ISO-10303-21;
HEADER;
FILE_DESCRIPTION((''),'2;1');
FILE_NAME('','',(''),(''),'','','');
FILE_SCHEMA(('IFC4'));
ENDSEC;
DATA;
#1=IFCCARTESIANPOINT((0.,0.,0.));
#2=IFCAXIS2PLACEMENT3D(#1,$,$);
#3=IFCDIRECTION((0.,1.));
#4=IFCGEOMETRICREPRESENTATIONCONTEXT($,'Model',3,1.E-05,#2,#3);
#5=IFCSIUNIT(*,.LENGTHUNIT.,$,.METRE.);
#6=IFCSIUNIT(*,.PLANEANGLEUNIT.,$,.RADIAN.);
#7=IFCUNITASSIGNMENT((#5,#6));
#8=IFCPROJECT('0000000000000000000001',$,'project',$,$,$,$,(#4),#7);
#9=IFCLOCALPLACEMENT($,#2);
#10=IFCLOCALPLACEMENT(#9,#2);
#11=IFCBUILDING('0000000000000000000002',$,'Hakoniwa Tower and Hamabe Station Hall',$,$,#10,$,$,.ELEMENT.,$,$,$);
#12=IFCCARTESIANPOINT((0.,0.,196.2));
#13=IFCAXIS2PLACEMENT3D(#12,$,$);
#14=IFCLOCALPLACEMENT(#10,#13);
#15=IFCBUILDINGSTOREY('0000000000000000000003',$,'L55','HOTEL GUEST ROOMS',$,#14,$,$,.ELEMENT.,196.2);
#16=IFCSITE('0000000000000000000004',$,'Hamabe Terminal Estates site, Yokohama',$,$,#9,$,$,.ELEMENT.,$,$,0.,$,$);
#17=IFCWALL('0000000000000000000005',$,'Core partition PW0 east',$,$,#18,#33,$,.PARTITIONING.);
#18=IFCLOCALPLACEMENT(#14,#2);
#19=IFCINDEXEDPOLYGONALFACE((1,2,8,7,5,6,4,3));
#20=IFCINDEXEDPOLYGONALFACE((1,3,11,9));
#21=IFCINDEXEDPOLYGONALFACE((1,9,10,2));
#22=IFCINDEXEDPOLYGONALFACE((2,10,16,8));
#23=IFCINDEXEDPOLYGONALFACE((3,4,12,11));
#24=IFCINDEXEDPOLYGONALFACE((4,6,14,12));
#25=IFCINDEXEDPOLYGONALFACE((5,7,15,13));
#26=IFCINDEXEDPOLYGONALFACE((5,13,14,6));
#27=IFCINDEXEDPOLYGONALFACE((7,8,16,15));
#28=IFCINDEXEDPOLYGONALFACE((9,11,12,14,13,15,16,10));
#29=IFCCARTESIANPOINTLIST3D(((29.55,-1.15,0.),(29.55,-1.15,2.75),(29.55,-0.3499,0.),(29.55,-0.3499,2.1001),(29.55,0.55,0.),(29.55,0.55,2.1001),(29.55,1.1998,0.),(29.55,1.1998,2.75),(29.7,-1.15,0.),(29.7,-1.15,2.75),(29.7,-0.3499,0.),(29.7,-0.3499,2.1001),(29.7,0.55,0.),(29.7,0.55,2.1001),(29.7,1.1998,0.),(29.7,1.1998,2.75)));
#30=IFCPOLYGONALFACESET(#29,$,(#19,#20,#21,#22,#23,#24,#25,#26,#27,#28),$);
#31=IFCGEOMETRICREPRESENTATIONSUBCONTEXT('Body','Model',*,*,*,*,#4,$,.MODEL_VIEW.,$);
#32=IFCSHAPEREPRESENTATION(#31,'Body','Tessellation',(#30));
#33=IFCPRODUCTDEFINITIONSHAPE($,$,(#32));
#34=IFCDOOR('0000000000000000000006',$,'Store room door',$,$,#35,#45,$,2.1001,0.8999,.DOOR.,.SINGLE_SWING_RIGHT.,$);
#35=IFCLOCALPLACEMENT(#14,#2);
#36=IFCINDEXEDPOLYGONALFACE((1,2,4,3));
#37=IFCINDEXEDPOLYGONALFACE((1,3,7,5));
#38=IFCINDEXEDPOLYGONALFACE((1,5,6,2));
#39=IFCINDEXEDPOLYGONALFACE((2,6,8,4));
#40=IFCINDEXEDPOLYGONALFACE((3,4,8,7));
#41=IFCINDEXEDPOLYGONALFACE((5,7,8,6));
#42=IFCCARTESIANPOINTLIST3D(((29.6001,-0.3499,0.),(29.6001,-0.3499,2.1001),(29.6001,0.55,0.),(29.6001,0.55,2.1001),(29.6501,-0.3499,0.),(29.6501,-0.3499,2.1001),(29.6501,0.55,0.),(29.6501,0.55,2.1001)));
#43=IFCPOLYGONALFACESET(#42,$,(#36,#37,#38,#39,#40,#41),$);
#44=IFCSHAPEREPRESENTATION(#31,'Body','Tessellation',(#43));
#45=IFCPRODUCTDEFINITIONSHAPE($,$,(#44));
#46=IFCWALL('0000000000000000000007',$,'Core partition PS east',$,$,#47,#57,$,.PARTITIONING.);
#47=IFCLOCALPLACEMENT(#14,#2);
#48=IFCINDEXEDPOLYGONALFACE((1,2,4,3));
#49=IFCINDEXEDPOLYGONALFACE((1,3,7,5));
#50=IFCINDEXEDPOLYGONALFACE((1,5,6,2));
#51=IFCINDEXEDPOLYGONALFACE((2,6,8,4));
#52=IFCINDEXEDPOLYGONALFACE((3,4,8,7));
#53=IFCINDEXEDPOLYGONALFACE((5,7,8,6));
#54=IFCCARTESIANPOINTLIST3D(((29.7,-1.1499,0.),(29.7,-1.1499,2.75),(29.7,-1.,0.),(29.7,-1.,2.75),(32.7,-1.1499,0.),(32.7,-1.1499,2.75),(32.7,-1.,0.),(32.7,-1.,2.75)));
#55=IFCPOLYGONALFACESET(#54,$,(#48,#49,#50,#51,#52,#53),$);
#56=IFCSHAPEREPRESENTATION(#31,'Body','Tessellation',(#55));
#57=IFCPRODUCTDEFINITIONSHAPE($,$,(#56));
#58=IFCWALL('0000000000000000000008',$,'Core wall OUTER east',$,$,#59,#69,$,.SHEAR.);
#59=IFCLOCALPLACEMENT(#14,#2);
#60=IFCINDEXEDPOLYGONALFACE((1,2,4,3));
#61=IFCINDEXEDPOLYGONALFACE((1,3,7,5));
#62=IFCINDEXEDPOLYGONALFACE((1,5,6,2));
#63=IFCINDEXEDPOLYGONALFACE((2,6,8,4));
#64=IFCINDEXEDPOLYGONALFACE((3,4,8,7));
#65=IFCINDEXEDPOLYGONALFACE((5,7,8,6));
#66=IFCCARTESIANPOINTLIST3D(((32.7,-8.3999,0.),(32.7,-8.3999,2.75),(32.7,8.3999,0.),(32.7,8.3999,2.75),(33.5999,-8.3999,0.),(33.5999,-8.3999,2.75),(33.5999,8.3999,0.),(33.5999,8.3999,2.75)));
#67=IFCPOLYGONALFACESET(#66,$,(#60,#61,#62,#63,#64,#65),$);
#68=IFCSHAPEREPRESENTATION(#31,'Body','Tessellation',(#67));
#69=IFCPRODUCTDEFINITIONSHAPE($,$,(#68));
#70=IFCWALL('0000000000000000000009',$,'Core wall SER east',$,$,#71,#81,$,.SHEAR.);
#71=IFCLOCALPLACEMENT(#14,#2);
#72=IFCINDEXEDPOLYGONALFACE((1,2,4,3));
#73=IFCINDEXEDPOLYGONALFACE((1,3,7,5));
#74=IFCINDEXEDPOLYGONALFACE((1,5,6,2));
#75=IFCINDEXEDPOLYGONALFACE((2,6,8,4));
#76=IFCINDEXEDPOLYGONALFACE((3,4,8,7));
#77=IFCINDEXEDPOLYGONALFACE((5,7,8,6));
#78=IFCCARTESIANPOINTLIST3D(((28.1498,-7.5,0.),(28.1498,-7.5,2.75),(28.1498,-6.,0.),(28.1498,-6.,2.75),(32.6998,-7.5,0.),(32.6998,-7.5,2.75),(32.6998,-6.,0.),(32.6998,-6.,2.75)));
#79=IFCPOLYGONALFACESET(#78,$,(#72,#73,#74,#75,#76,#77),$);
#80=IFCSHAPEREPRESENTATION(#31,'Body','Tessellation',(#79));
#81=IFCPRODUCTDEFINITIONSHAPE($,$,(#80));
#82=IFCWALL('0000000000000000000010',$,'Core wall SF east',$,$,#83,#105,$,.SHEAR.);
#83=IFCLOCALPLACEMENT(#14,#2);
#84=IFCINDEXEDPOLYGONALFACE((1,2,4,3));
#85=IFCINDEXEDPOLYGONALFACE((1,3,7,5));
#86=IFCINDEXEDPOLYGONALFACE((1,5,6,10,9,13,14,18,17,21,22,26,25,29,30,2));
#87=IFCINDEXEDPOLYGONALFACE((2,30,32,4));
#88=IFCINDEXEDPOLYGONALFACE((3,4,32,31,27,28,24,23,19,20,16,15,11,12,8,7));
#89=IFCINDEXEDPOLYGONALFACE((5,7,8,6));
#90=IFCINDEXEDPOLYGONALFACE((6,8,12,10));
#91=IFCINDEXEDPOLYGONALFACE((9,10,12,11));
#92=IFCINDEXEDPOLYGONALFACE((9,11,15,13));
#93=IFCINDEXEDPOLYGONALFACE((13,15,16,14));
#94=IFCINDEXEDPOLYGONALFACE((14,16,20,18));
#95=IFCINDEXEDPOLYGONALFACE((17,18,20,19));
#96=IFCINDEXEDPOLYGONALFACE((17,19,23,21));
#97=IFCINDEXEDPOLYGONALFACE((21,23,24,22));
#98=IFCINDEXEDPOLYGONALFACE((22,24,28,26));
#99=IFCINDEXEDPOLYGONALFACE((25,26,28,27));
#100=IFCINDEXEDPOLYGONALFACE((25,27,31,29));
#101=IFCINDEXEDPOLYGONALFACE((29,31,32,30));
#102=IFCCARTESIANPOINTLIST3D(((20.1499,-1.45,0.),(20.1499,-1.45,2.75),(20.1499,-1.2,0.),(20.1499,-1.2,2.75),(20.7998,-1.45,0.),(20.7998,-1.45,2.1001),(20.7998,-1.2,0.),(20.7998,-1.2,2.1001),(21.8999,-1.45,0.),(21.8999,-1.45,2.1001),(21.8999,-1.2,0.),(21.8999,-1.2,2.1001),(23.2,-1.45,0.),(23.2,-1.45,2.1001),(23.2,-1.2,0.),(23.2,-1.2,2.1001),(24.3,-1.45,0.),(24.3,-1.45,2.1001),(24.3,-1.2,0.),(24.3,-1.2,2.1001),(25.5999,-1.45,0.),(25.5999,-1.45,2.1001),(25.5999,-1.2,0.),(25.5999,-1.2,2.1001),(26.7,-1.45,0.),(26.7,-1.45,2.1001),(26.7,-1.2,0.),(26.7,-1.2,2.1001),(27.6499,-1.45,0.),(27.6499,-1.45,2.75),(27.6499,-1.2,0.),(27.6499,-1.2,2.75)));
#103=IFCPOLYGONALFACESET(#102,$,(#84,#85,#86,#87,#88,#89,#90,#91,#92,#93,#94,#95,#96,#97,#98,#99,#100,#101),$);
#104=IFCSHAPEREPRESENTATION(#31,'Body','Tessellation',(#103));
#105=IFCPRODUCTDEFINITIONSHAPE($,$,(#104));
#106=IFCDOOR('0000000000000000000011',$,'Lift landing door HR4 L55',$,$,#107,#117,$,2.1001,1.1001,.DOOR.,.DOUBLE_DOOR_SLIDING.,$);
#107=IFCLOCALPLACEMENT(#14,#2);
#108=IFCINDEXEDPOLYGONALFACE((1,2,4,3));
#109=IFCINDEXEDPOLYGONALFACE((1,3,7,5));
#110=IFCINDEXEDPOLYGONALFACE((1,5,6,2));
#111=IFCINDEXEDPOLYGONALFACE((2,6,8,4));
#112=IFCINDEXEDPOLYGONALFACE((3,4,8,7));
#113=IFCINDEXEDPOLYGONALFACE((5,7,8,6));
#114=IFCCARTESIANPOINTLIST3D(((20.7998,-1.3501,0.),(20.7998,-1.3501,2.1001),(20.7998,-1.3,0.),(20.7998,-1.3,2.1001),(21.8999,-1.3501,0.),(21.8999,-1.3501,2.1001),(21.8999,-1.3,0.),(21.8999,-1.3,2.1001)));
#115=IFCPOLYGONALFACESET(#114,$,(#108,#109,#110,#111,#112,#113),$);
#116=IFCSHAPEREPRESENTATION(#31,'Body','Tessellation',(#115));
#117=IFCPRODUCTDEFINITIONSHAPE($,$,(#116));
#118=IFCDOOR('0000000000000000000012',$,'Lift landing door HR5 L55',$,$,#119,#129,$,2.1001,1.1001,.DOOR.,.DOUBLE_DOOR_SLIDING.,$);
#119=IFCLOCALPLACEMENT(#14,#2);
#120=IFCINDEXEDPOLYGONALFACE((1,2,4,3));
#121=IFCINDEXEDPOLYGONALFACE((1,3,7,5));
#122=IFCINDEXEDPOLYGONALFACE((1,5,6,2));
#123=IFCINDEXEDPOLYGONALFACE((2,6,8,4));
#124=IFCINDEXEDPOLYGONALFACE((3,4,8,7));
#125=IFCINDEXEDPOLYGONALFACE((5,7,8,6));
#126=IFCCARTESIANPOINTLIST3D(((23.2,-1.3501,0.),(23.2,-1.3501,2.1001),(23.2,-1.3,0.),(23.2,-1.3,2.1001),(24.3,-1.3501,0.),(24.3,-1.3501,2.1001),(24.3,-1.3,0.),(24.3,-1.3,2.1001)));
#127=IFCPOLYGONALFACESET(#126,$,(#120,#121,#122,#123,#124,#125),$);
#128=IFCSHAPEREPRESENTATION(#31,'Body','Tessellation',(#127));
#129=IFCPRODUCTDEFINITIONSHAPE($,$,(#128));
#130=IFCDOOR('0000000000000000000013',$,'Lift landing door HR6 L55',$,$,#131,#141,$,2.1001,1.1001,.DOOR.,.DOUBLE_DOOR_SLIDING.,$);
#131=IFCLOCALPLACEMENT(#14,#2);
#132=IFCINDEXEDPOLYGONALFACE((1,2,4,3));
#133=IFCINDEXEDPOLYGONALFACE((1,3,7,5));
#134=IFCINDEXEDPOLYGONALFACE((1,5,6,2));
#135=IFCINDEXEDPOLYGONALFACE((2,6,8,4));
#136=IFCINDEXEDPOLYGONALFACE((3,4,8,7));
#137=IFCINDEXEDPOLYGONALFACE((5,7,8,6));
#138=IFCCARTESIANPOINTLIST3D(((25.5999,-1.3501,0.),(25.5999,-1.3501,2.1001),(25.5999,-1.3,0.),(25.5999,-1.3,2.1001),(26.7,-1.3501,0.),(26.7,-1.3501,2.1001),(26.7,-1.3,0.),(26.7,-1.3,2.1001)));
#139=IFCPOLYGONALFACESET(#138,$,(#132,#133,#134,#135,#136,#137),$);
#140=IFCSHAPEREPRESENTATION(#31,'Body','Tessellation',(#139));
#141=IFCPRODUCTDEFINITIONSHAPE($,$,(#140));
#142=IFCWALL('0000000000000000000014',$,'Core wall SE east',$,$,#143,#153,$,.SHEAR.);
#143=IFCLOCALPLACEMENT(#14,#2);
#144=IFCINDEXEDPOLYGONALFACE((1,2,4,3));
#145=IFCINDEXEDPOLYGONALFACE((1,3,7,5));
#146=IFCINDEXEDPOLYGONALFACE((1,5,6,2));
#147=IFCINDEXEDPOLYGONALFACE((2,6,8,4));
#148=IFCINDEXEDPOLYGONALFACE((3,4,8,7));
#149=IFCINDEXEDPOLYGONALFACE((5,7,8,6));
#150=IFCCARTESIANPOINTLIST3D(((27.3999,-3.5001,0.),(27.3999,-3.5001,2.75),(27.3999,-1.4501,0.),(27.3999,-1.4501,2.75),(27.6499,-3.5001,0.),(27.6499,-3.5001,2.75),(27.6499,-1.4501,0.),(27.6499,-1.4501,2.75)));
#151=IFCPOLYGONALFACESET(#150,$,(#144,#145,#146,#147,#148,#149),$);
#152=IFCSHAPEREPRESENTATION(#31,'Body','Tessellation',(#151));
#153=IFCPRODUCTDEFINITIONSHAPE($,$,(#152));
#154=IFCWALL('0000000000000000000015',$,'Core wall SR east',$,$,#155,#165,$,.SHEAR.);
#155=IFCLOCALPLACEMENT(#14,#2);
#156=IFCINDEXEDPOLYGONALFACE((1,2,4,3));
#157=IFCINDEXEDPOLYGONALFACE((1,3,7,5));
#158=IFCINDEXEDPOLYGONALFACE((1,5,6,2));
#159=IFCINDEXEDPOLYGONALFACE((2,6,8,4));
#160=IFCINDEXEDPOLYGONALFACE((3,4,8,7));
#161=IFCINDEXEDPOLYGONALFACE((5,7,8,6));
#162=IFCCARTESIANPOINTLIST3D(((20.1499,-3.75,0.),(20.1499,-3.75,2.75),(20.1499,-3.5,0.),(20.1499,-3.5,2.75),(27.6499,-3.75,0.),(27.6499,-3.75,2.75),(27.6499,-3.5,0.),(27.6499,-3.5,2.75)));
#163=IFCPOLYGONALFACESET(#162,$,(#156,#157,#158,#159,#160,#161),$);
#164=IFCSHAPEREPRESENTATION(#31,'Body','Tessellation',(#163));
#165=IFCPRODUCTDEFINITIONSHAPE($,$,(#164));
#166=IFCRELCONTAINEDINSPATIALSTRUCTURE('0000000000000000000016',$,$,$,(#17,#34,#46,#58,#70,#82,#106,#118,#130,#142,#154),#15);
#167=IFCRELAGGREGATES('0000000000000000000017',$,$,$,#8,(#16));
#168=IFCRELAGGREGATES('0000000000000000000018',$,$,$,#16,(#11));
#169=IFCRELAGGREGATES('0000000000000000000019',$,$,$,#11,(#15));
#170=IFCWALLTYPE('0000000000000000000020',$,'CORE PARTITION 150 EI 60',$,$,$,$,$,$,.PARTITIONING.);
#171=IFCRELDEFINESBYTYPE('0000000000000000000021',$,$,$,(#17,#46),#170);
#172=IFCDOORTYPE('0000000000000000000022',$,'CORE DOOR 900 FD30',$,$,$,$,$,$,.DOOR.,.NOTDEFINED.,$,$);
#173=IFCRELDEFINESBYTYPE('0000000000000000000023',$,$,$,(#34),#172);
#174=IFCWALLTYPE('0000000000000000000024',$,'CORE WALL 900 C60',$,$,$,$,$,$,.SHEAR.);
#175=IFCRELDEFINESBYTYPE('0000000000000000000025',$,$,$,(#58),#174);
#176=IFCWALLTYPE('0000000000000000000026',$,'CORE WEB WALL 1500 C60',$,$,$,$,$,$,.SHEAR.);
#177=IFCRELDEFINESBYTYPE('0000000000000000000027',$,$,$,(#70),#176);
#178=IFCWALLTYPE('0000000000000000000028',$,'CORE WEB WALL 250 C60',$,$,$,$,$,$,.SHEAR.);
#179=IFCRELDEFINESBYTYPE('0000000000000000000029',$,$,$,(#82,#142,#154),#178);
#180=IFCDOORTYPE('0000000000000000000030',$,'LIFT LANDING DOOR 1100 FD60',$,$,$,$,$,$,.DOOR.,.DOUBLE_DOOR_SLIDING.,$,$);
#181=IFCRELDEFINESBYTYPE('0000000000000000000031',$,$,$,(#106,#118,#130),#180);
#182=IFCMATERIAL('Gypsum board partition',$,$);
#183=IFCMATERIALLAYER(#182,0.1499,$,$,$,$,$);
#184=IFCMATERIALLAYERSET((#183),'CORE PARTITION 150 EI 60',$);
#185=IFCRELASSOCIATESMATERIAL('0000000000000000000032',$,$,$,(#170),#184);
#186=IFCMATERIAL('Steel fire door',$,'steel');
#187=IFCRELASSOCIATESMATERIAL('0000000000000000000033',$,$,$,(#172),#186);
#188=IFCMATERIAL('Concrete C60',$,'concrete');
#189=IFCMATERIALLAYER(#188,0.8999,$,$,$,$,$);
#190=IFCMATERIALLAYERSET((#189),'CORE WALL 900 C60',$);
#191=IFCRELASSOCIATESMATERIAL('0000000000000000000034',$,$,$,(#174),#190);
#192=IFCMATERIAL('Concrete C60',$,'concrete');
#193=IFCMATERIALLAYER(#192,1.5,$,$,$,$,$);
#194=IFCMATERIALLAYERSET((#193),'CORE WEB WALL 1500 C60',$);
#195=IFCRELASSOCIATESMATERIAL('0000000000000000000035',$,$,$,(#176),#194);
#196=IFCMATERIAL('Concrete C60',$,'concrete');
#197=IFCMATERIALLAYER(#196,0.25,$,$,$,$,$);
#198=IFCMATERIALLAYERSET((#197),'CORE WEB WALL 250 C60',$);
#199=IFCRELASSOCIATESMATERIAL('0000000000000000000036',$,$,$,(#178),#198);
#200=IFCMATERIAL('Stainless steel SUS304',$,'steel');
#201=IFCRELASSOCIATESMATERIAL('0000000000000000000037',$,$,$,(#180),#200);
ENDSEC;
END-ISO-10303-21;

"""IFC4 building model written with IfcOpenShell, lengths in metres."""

from ifc_helpers import new_model, si_unit, direction, frame, frame_2d, origin, place, context, subcontext, project, spatial, rectangle, extrude, material, layer, layer_set, type_object, element, fill, save


model = new_model("IFC4")

# Units and contexts
model_context = context("Model", 3, precision=1e-05, world=origin(), true_north=direction((0.0, 1.0)))
body_context = subcontext(model_context, "Body", "Model", "MODEL_VIEW")
ifc_project = project(units=[si_unit("LENGTHUNIT", "METRE"), si_unit("PLANEANGLEUNIT", "RADIAN")], contexts=[model_context])

# Site, building, storey
site_placement = place(None, origin())
site = spatial("IfcSite", under=ifc_project, at=site_placement, Name="Hamabe Terminal Estates site, Yokohama", CompositionType="ELEMENT", RefElevation=0.0)
building_placement = place(site_placement, origin())
building = spatial("IfcBuilding", under=site, at=building_placement, Name="Hakoniwa Tower and Hamabe Station Hall", CompositionType="ELEMENT")
storey_placement = place(building_placement, frame((0.0, 0.0, 196.2)))
storey = spatial("IfcBuildingStorey", under=building, at=storey_placement, Name="L55", Description="HOTEL GUEST ROOMS", CompositionType="ELEMENT", Elevation=196.2)

# Wall, opening, door
ifc_material_1 = material(Name="Gypsum board partition")
ifc_layer_1 = layer(ifc_material_1, 0.1499)
ifc_layer_set_1 = layer_set([ifc_layer_1], Name="CORE PARTITION 150 EI 60")
wall_type_1 = type_object("IfcWallType", Name="CORE PARTITION 150 EI 60", PredefinedType="PARTITIONING", material=ifc_layer_set_1)
wall_1_placement = place(storey_placement, frame((29.625, -1.1499, 0.0), z_axis=(0.0, 0.0, 1.0), x_axis=(0.0, 1.0, 0.0)))
wall_1 = element("IfcWall", 1, at=wall_1_placement, inside=storey, type_object=wall_type_1, Name="Core partition PW0 east", PredefinedType="PARTITIONING", context=body_context, shape_type="SweptSolid", body=[
    extrude(rectangle(XDim=2.3499, YDim=0.1499, at=frame_2d((1.1748, 0.0))), origin(), (0.0, 0.0, 1.0), 2.75),
])
opening_1_placement = place(wall_1_placement, frame((0.8, 0.0, 0.0)))
opening_1 = element("IfcOpeningElement", 2, at=opening_1_placement, cuts=wall_1, PredefinedType="OPENING", context=body_context, shape_type="SweptSolid", body=[
    extrude(rectangle(XDim=0.8999, YDim=2.1001, at=frame_2d((0.45, 1.05))), frame((0.0, 0.085, 0.0), z_axis=(0.0, -1.0, 0.0), x_axis=(1.0, 0.0, 0.0)), (0.0, 0.0, 1.0), 0.1699),
])
ifc_material_2 = material(Name="Steel fire door", Category="steel")
door_type_1 = type_object("IfcDoorType", Name="CORE DOOR 900 FD30", OperationType="NOTDEFINED", PredefinedType="DOOR", material=ifc_material_2)
door_1_placement = place(opening_1_placement, origin())
door_1 = element("IfcDoor", 3, at=door_1_placement, inside=storey, type_object=door_type_1, Name="Store room door", OperationType="SINGLE_SWING_RIGHT", OverallHeight=2.1001, OverallWidth=0.8999, PredefinedType="DOOR", context=body_context, shape_type="SweptSolid", body=[
    extrude(rectangle(XDim=0.8999, YDim=2.1001, at=frame_2d((0.45, 1.05))), frame((0.0, 0.0249, 0.0), z_axis=(0.0, -1.0, 0.0), x_axis=(1.0, 0.0, 0.0)), (0.0, 0.0, 1.0), 0.05),
])
fill(opening_1, door_1)

# Walls
wall_2_placement = place(storey_placement, frame((29.7, -1.075, 0.0), z_axis=(0.0, 0.0, 1.0), x_axis=(1.0, 0.0, 0.0)))
element("IfcWall", 4, at=wall_2_placement, inside=storey, type_object=wall_type_1, Name="Core partition PS east", PredefinedType="PARTITIONING", context=body_context, shape_type="SweptSolid", body=[
    extrude(rectangle(XDim=3.0, YDim=0.1499, at=frame_2d((1.5, 0.0))), origin(), (0.0, 0.0, 1.0), 2.75),
])
ifc_material_3 = material(Name="Concrete C60", Category="concrete")
ifc_layer_2 = layer(ifc_material_3, 0.8999)
ifc_layer_set_2 = layer_set([ifc_layer_2], Name="CORE WALL 900 C60")
wall_type_2 = type_object("IfcWallType", Name="CORE WALL 900 C60", PredefinedType="SHEAR", material=ifc_layer_set_2)
wall_3_placement = place(storey_placement, frame((33.1499, -8.3999, 0.0), z_axis=(0.0, 0.0, 1.0), x_axis=(0.0, 1.0, 0.0)))
element("IfcWall", 5, at=wall_3_placement, inside=storey, type_object=wall_type_2, Name="Core wall OUTER east", PredefinedType="SHEAR", context=body_context, shape_type="SweptSolid", body=[
    extrude(rectangle(XDim=16.7998, YDim=0.8999, at=frame_2d((8.3999, 0.0))), origin(), (0.0, 0.0, 1.0), 2.75),
])
ifc_material_4 = material(Name="Concrete C60", Category="concrete")
ifc_layer_3 = layer(ifc_material_4, 1.5)
ifc_layer_set_3 = layer_set([ifc_layer_3], Name="CORE WEB WALL 1500 C60")
wall_type_3 = type_object("IfcWallType", Name="CORE WEB WALL 1500 C60", PredefinedType="SHEAR", material=ifc_layer_set_3)
wall_4_placement = place(storey_placement, frame((28.1499, -6.75, 0.0), z_axis=(0.0, 0.0, 1.0), x_axis=(1.0, 0.0, 0.0)))
element("IfcWall", 6, at=wall_4_placement, inside=storey, type_object=wall_type_3, Name="Core wall SER east", PredefinedType="SHEAR", context=body_context, shape_type="SweptSolid", body=[
    extrude(rectangle(XDim=4.55, YDim=1.5, at=frame_2d((2.2749, 0.0))), origin(), (0.0, 0.0, 1.0), 2.75),
])

# Wall, openings, doors
ifc_material_5 = material(Name="Concrete C60", Category="concrete")
ifc_layer_4 = layer(ifc_material_5, 0.25)
ifc_layer_set_4 = layer_set([ifc_layer_4], Name="CORE WEB WALL 250 C60")
wall_type_4 = type_object("IfcWallType", Name="CORE WEB WALL 250 C60", PredefinedType="SHEAR", material=ifc_layer_set_4)
wall_5_placement = place(storey_placement, frame((20.1499, -1.325, 0.0), z_axis=(0.0, 0.0, 1.0), x_axis=(1.0, 0.0, 0.0)))
wall_5 = element("IfcWall", 7, at=wall_5_placement, inside=storey, type_object=wall_type_4, Name="Core wall SF east", PredefinedType="SHEAR", context=body_context, shape_type="SweptSolid", body=[
    extrude(rectangle(XDim=7.5, YDim=0.25, at=frame_2d((3.75, 0.0))), origin(), (0.0, 0.0, 1.0), 2.75),
])
opening_2_placement = place(wall_5_placement, frame((0.6499, 0.0, 0.0)))
opening_2 = element("IfcOpeningElement", 8, at=opening_2_placement, cuts=wall_5, PredefinedType="OPENING", context=body_context, shape_type="SweptSolid", body=[
    extrude(rectangle(XDim=1.1001, YDim=2.1001, at=frame_2d((0.55, 1.05))), frame((0.0, 0.135, 0.0), z_axis=(0.0, -1.0, 0.0), x_axis=(1.0, 0.0, 0.0)), (0.0, 0.0, 1.0), 0.27),
])
opening_3_placement = place(wall_5_placement, frame((3.05, 0.0, 0.0)))
opening_3 = element("IfcOpeningElement", 9, at=opening_3_placement, cuts=wall_5, PredefinedType="OPENING", context=body_context, shape_type="SweptSolid", body=[
    extrude(rectangle(XDim=1.1001, YDim=2.1001, at=frame_2d((0.55, 1.05))), frame((0.0, 0.135, 0.0), z_axis=(0.0, -1.0, 0.0), x_axis=(1.0, 0.0, 0.0)), (0.0, 0.0, 1.0), 0.27),
])
opening_4_placement = place(wall_5_placement, frame((5.45, 0.0, 0.0)))
opening_4 = element("IfcOpeningElement", 10, at=opening_4_placement, cuts=wall_5, PredefinedType="OPENING", context=body_context, shape_type="SweptSolid", body=[
    extrude(rectangle(XDim=1.1001, YDim=2.1001, at=frame_2d((0.55, 1.05))), frame((0.0, 0.135, 0.0), z_axis=(0.0, -1.0, 0.0), x_axis=(1.0, 0.0, 0.0)), (0.0, 0.0, 1.0), 0.27),
])
ifc_material_6 = material(Name="Stainless steel SUS304", Category="steel")
door_type_2 = type_object("IfcDoorType", Name="LIFT LANDING DOOR 1100 FD60", OperationType="DOUBLE_DOOR_SLIDING", PredefinedType="DOOR", material=ifc_material_6)
door_2_placement = place(opening_2_placement, origin())
door_2 = element("IfcDoor", 11, at=door_2_placement, inside=storey, type_object=door_type_2, Name="Lift landing door HR4 L55", OperationType="DOUBLE_DOOR_SLIDING", OverallHeight=2.1001, OverallWidth=1.1001, PredefinedType="DOOR", context=body_context, shape_type="SweptSolid", body=[
    extrude(rectangle(XDim=1.1001, YDim=2.1001, at=frame_2d((0.55, 1.05))), frame((0.0, 0.0249, 0.0), z_axis=(0.0, -1.0, 0.0), x_axis=(1.0, 0.0, 0.0)), (0.0, 0.0, 1.0), 0.05),
])
fill(opening_2, door_2)
door_3_placement = place(opening_3_placement, origin())
door_3 = element("IfcDoor", 12, at=door_3_placement, inside=storey, type_object=door_type_2, Name="Lift landing door HR5 L55", OperationType="DOUBLE_DOOR_SLIDING", OverallHeight=2.1001, OverallWidth=1.1001, PredefinedType="DOOR", context=body_context, shape_type="SweptSolid", body=[
    extrude(rectangle(XDim=1.1001, YDim=2.1001, at=frame_2d((0.55, 1.05))), frame((0.0, 0.0249, 0.0), z_axis=(0.0, -1.0, 0.0), x_axis=(1.0, 0.0, 0.0)), (0.0, 0.0, 1.0), 0.05),
])
fill(opening_3, door_3)
door_4_placement = place(opening_4_placement, origin())
door_4 = element("IfcDoor", 13, at=door_4_placement, inside=storey, type_object=door_type_2, Name="Lift landing door HR6 L55", OperationType="DOUBLE_DOOR_SLIDING", OverallHeight=2.1001, OverallWidth=1.1001, PredefinedType="DOOR", context=body_context, shape_type="SweptSolid", body=[
    extrude(rectangle(XDim=1.1001, YDim=2.1001, at=frame_2d((0.55, 1.05))), frame((0.0, 0.0249, 0.0), z_axis=(0.0, -1.0, 0.0), x_axis=(1.0, 0.0, 0.0)), (0.0, 0.0, 1.0), 0.05),
])
fill(opening_4, door_4)

# Walls
wall_6_placement = place(storey_placement, frame((27.5249, -3.5, 0.0), z_axis=(0.0, 0.0, 1.0), x_axis=(0.0, 1.0, 0.0)))
element("IfcWall", 14, at=wall_6_placement, inside=storey, type_object=wall_type_4, Name="Core wall SE east", PredefinedType="SHEAR", context=body_context, shape_type="SweptSolid", body=[
    extrude(rectangle(XDim=2.05, YDim=0.25, at=frame_2d((1.0249, 0.0))), origin(), (0.0, 0.0, 1.0), 2.75),
])
wall_7_placement = place(storey_placement, frame((20.1499, -3.625, 0.0), z_axis=(0.0, 0.0, 1.0), x_axis=(1.0, 0.0, 0.0)))
element("IfcWall", 15, at=wall_7_placement, inside=storey, type_object=wall_type_4, Name="Core wall SR east", PredefinedType="SHEAR", context=body_context, shape_type="SweptSolid", body=[
    extrude(rectangle(XDim=7.5, YDim=0.25, at=frame_2d((3.75, 0.0))), origin(), (0.0, 0.0, 1.0), 2.75),
])

save(model, "model.ifc")
